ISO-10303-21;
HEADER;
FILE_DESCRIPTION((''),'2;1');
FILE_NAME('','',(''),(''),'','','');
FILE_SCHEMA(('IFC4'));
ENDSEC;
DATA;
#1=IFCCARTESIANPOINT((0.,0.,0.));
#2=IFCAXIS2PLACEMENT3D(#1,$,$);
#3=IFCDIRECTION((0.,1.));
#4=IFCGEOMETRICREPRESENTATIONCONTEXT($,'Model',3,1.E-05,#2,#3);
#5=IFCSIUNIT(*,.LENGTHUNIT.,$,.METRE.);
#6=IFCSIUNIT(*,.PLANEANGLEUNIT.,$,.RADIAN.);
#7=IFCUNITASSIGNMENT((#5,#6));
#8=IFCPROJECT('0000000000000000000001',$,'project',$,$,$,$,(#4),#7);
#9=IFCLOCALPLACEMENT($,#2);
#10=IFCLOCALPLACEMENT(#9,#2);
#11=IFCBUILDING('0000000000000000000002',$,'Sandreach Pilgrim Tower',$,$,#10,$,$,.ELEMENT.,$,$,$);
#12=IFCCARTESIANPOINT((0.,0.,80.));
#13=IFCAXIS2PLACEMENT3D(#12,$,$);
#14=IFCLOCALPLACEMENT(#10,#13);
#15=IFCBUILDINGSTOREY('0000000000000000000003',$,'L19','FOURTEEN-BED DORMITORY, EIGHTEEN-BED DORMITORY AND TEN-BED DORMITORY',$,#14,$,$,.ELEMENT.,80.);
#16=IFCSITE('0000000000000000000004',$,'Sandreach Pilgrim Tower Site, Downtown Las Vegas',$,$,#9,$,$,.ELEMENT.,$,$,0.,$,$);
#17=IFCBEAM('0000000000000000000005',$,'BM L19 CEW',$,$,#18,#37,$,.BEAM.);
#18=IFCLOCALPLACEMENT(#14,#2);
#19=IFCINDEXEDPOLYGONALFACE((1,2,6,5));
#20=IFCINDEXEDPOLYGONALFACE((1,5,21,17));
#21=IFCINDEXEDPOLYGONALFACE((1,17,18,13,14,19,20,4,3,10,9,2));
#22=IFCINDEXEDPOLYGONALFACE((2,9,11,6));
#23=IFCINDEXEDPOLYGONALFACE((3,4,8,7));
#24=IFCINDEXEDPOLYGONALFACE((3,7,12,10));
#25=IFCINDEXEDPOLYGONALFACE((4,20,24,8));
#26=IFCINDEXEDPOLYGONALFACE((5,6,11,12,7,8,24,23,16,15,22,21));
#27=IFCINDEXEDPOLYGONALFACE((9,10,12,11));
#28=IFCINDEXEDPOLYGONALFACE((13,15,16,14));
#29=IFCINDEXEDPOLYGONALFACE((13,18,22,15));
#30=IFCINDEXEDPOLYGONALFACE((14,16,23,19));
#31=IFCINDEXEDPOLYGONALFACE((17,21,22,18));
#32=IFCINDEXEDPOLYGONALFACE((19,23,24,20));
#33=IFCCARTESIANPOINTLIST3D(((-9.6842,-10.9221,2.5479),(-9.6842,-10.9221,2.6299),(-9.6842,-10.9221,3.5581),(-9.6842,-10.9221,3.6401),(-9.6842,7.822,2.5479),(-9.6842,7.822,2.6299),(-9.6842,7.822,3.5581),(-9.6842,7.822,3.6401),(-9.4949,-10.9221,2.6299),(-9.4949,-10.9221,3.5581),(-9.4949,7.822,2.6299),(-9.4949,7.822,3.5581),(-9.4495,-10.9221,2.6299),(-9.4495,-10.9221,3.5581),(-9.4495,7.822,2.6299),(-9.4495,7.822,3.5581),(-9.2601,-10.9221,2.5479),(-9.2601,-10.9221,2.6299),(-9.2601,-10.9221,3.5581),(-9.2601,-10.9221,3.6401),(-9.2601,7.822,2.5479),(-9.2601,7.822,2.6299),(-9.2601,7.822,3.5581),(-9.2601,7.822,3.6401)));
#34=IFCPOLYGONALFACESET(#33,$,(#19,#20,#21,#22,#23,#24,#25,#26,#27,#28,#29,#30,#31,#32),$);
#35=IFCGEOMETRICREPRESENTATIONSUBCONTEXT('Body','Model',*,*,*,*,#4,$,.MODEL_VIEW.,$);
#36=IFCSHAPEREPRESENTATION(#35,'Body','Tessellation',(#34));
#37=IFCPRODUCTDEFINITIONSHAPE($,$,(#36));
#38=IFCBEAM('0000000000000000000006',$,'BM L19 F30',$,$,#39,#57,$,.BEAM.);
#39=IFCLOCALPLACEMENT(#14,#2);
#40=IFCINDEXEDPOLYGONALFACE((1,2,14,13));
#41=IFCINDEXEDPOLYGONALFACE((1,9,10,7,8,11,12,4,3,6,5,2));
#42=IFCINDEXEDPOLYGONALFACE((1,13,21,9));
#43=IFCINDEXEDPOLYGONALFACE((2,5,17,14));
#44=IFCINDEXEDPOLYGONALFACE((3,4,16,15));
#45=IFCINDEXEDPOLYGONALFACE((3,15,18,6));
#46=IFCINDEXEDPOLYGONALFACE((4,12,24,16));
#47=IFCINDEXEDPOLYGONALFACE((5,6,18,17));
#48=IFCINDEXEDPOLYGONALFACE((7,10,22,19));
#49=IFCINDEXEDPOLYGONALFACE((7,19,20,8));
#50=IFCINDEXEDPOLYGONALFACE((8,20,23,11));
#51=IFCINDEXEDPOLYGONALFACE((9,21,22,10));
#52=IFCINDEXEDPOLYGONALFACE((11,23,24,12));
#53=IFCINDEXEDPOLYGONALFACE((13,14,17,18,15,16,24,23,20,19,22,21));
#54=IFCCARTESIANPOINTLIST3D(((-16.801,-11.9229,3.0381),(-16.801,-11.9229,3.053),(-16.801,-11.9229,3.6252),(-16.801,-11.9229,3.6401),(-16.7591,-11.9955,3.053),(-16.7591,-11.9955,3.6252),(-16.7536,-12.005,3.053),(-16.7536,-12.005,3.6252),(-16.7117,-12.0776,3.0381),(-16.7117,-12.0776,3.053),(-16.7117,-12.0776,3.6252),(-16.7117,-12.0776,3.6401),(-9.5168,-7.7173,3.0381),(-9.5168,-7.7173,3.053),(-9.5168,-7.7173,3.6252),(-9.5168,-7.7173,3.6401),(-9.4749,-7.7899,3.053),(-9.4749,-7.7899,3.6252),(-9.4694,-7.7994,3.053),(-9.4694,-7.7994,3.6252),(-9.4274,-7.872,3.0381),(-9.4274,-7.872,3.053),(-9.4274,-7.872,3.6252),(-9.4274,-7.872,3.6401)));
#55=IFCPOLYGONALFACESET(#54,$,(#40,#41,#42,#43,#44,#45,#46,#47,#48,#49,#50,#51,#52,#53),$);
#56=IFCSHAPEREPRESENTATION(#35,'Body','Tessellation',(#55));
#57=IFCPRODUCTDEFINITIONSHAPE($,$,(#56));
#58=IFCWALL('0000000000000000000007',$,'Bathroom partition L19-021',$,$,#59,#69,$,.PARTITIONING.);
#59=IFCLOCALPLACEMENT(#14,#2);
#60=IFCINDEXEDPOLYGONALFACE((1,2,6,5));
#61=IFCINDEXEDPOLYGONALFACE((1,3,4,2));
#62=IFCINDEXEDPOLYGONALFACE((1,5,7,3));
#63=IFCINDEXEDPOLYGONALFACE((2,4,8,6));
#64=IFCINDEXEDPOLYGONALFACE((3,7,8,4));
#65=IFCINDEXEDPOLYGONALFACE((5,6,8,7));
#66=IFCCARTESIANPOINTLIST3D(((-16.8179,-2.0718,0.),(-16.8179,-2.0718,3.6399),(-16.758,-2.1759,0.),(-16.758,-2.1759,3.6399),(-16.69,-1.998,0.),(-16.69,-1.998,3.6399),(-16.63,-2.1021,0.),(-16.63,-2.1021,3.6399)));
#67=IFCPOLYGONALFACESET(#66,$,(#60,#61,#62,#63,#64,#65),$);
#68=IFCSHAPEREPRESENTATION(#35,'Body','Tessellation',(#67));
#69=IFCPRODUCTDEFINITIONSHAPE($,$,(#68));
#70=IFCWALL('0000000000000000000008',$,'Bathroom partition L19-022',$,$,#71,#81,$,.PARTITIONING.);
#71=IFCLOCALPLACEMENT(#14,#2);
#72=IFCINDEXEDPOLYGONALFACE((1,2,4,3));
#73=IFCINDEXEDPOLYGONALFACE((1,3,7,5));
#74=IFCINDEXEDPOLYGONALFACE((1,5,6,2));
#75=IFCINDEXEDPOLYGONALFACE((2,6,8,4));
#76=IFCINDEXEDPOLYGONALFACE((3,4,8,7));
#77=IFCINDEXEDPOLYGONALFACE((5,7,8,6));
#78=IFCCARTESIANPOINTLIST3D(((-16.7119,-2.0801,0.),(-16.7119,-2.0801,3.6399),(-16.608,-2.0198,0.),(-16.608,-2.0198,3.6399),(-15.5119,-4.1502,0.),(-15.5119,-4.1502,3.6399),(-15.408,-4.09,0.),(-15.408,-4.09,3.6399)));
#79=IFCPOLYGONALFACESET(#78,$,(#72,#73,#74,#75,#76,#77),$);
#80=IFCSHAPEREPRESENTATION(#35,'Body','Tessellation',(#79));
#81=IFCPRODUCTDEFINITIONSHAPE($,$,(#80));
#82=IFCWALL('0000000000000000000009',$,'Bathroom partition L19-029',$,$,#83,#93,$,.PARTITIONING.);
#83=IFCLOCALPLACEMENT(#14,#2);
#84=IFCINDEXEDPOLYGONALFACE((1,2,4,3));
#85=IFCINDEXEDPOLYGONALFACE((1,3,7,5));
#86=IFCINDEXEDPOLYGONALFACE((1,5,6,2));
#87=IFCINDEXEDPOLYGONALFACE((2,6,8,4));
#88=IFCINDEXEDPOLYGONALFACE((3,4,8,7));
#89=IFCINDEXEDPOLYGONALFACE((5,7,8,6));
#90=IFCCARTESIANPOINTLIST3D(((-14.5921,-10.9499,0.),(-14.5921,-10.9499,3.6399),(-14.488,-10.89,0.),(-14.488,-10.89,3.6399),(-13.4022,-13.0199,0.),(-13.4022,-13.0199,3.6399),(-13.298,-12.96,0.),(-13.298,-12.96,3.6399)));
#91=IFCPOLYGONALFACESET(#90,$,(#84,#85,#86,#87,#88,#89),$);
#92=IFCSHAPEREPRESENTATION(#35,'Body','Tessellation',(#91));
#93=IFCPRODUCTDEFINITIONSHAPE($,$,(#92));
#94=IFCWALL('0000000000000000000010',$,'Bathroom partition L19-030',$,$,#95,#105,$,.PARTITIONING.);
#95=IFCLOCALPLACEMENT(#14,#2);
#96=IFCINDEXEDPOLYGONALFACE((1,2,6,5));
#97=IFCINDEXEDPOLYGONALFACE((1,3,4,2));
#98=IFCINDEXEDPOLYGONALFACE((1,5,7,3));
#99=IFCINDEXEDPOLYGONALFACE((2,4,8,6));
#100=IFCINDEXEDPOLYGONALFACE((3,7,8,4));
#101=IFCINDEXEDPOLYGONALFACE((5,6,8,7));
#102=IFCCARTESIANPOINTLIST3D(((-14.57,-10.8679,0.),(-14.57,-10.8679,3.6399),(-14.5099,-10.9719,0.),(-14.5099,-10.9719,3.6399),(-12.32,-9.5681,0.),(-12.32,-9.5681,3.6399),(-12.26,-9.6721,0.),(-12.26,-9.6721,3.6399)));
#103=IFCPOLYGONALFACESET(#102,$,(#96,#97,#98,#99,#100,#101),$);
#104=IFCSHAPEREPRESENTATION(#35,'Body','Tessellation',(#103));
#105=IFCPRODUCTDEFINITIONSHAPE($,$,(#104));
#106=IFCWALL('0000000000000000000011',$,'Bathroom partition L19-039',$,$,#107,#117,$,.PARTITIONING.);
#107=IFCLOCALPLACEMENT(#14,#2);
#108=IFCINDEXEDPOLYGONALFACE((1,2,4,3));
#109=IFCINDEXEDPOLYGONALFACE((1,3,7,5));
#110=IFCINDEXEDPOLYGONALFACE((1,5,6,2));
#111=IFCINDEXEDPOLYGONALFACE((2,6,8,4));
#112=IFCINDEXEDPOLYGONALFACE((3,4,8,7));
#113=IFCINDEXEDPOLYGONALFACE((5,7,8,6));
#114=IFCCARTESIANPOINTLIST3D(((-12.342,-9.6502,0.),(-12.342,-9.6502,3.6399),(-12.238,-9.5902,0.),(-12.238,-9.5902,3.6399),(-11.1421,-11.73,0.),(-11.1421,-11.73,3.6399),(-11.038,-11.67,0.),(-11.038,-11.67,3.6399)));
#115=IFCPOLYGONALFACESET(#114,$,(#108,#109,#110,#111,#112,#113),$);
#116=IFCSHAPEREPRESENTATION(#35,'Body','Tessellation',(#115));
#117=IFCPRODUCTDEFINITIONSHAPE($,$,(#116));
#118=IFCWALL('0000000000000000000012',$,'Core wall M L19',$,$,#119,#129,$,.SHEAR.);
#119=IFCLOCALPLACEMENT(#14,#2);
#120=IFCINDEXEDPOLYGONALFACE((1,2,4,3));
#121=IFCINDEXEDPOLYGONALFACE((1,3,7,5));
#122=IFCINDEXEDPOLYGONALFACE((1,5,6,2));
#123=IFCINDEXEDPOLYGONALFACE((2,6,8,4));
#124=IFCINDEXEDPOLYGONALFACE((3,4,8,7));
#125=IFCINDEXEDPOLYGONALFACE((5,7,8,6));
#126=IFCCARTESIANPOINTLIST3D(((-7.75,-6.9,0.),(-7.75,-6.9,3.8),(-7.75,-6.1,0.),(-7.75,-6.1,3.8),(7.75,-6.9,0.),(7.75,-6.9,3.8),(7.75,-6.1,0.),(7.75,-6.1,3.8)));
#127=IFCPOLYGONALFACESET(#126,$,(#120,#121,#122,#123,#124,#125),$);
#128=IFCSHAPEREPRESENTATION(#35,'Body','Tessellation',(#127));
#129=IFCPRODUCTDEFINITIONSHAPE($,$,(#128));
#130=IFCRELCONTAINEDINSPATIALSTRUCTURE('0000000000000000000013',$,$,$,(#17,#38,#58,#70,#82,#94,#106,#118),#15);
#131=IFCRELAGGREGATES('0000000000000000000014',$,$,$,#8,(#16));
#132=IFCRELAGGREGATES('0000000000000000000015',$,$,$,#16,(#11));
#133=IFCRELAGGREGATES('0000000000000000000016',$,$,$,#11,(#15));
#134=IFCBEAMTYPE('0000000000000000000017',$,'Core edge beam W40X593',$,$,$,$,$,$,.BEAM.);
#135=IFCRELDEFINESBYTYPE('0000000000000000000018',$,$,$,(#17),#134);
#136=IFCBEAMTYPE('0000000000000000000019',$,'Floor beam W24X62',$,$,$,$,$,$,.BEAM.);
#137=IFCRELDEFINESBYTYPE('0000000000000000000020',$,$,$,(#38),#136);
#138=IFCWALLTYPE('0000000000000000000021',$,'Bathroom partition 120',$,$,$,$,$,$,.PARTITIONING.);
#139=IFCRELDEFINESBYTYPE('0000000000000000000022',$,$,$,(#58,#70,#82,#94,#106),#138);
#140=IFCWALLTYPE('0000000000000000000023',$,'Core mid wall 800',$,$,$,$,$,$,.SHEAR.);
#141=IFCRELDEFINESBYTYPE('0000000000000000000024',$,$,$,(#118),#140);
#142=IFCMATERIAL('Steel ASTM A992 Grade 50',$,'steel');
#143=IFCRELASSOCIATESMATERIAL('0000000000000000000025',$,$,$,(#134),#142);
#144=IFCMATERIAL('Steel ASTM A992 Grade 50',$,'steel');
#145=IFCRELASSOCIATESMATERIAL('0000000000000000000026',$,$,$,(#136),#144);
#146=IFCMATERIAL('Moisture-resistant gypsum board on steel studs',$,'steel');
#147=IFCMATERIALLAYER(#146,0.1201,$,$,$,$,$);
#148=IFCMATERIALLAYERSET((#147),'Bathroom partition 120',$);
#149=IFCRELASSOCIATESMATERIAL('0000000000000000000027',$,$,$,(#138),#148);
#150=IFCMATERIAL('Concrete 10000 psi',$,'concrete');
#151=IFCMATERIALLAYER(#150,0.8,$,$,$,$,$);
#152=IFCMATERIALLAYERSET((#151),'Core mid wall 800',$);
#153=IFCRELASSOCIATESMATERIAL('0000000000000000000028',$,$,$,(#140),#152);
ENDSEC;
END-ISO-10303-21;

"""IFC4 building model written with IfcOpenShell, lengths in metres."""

from ifc_helpers import new_model, si_unit, direction, frame, frame_2d, origin, origin_2d, place, context, subcontext, project, spatial, rectangle, i_section, extrude, material, layer, layer_set, material_profile, profile_set, type_object, element, save


model = new_model("IFC4")

# Units and contexts
model_context = context("Model", 3, precision=1e-05, world=origin(), true_north=direction((0.0, 1.0)))
body_context = subcontext(model_context, "Body", "Model", "MODEL_VIEW")
ifc_project = project(units=[si_unit("LENGTHUNIT", "METRE"), si_unit("PLANEANGLEUNIT", "RADIAN")], contexts=[model_context])

# Site, building, storey
site_placement = place(None, origin())
site = spatial("IfcSite", under=ifc_project, at=site_placement, Name="Sandreach Pilgrim Tower Site, Downtown Las Vegas", CompositionType="ELEMENT", RefElevation=0.0)
building_placement = place(site_placement, origin())
building = spatial("IfcBuilding", under=site, at=building_placement, Name="Sandreach Pilgrim Tower", CompositionType="ELEMENT")
storey_placement = place(building_placement, frame((0.0, 0.0, 80.0)))
storey = spatial("IfcBuildingStorey", under=building, at=storey_placement, Name="L19", Description="FOURTEEN-BED DORMITORY, EIGHTEEN-BED DORMITORY AND TEN-BED DORMITORY", CompositionType="ELEMENT", Elevation=80.0)

# Beams
ifc_material_1 = material(Name="Steel ASTM A992 Grade 50", Category="steel")
ifc_material_profile_1 = material_profile(ifc_material_1, i_section(OverallWidth=0.4241, OverallDepth=1.0923, WebThickness=0.0454, FlangeThickness=0.082, at=origin_2d()), Name="W40X593")
ifc_profile_set_1 = profile_set([ifc_material_profile_1], Name="Steel ASTM A992 Grade 50")
beam_type_1 = type_object("IfcBeamType", Name="Core edge beam W40X593", PredefinedType="BEAM", material=ifc_profile_set_1)
beam_1_placement = place(storey_placement, frame((-9.4722, -10.9221, 3.094), z_axis=(0.0, 1.0, 0.0), x_axis=(-1.0, 0.0, 0.0)))
element("IfcBeam", 1, at=beam_1_placement, inside=storey, type_object=beam_type_1, Name="BM L19 CEW", PredefinedType="BEAM", context=body_context, shape_type="SweptSolid", body=[
    extrude(i_section(OverallWidth=0.4241, OverallDepth=1.0923, WebThickness=0.0454, FlangeThickness=0.082, at=origin_2d()), origin(), (0.0, 0.0, 1.0), 18.7441),
])
ifc_material_2 = material(Name="Steel ASTM A992 Grade 50", Category="steel")
ifc_material_profile_2 = material_profile(ifc_material_2, i_section(OverallWidth=0.1787, OverallDepth=0.6021, WebThickness=0.011, FlangeThickness=0.0149, at=origin_2d()), Name="W24X62")
ifc_profile_set_2 = profile_set([ifc_material_profile_2], Name="Steel ASTM A992 Grade 50")
beam_type_2 = type_object("IfcBeamType", Name="Floor beam W24X62", PredefinedType="BEAM", material=ifc_profile_set_2)
beam_2_placement = place(storey_placement, frame((-16.7563, -12.0002, 3.3391), z_axis=(0.866023, 0.500004, 0.0), x_axis=(-0.500004, 0.866023, 0.0)))
element("IfcBeam", 2, at=beam_2_placement, inside=storey, type_object=beam_type_2, Name="BM L19 F30", PredefinedType="BEAM", context=body_context, shape_type="SweptSolid", body=[
    extrude(i_section(OverallWidth=0.1787, OverallDepth=0.6021, WebThickness=0.011, FlangeThickness=0.0149, at=origin_2d()), origin(), (0.0, 0.0, 1.0), 8.4111),
])

# Walls
ifc_material_3 = material(Name="Moisture-resistant gypsum board on steel studs", Category="steel")
ifc_layer_1 = layer(ifc_material_3, 0.1201)
ifc_layer_set_1 = layer_set([ifc_layer_1], Name="Bathroom partition 120")
wall_type_1 = type_object("IfcWallType", Name="Bathroom partition 120", PredefinedType="PARTITIONING", material=ifc_layer_set_1)
wall_1_placement = place(storey_placement, frame((-16.7878, -2.1238, 0.0), z_axis=(0.0, 0.0, 1.0), x_axis=(0.866406, 0.499341, 0.0)))
element("IfcWall", 3, at=wall_1_placement, inside=storey, type_object=wall_type_1, Name="Bathroom partition L19-021", PredefinedType="PARTITIONING", context=body_context, shape_type="SweptSolid", body=[
    extrude(rectangle(XDim=0.1477, YDim=0.1201, at=frame_2d((0.0737, 0.0))), origin(), (0.0, 0.0, 1.0), 3.6399),
])
wall_2_placement = place(storey_placement, frame((-16.6599, -2.05, 0.0), z_axis=(0.0, 0.0, 1.0), x_axis=(0.501503, -0.865156, 0.0)))
element("IfcWall", 4, at=wall_2_placement, inside=storey, type_object=wall_type_1, Name="Bathroom partition L19-022", PredefinedType="PARTITIONING", context=body_context, shape_type="SweptSolid", body=[
    extrude(rectangle(XDim=2.3928, YDim=0.1201, at=frame_2d((1.1963, 0.0))), origin(), (0.0, 0.0, 1.0), 3.6399),
])
wall_3_placement = place(storey_placement, frame((-14.54, -10.9199, 0.0), z_axis=(0.0, 0.0, 1.0), x_axis=(0.498362, -0.866969, 0.0)))
element("IfcWall", 5, at=wall_3_placement, inside=storey, type_object=wall_type_1, Name="Bathroom partition L19-029", PredefinedType="PARTITIONING", context=body_context, shape_type="SweptSolid", body=[
    extrude(rectangle(XDim=2.3877, YDim=0.1201, at=frame_2d((1.1938, 0.0))), origin(), (0.0, 0.0, 1.0), 3.6399),
])
wall_4_placement = place(storey_placement, frame((-14.54, -10.9199, 0.0), z_axis=(0.0, 0.0, 1.0), x_axis=(0.865898, 0.500221, 0.0)))
element("IfcWall", 6, at=wall_4_placement, inside=storey, type_object=wall_type_1, Name="Bathroom partition L19-030", PredefinedType="PARTITIONING", context=body_context, shape_type="SweptSolid", body=[
    extrude(rectangle(XDim=2.5984, YDim=0.1201, at=frame_2d((1.2993, 0.0))), origin(), (0.0, 0.0, 1.0), 3.6399),
])
wall_5_placement = place(storey_placement, frame((-12.29, -9.6201, 0.0), z_axis=(0.0, 0.0, 1.0), x_axis=(0.499737, -0.866177, 0.0)))
element("IfcWall", 7, at=wall_5_placement, inside=storey, type_object=wall_type_1, Name="Bathroom partition L19-039", PredefinedType="PARTITIONING", context=body_context, shape_type="SweptSolid", body=[
    extrude(rectangle(XDim=2.4011, YDim=0.1201, at=frame_2d((1.2007, 0.0))), origin(), (0.0, 0.0, 1.0), 3.6399),
])
ifc_material_4 = material(Name="Concrete 10000 psi", Category="concrete")
ifc_layer_2 = layer(ifc_material_4, 0.8)
ifc_layer_set_2 = layer_set([ifc_layer_2], Name="Core mid wall 800")
wall_type_2 = type_object("IfcWallType", Name="Core mid wall 800", PredefinedType="SHEAR", material=ifc_layer_set_2)
wall_6_placement = place(storey_placement, frame((-7.75, -6.5, 0.0), z_axis=(0.0, 0.0, 1.0), x_axis=(1.0, 0.0, 0.0)))
element("IfcWall", 8, at=wall_6_placement, inside=storey, type_object=wall_type_2, Name="Core wall M L19", PredefinedType="SHEAR", context=body_context, shape_type="SweptSolid", body=[
    extrude(rectangle(XDim=15.5, YDim=0.8, at=frame_2d((7.75, 0.0))), origin(), (0.0, 0.0, 1.0), 3.8),
])

save(model, "model.ifc")
